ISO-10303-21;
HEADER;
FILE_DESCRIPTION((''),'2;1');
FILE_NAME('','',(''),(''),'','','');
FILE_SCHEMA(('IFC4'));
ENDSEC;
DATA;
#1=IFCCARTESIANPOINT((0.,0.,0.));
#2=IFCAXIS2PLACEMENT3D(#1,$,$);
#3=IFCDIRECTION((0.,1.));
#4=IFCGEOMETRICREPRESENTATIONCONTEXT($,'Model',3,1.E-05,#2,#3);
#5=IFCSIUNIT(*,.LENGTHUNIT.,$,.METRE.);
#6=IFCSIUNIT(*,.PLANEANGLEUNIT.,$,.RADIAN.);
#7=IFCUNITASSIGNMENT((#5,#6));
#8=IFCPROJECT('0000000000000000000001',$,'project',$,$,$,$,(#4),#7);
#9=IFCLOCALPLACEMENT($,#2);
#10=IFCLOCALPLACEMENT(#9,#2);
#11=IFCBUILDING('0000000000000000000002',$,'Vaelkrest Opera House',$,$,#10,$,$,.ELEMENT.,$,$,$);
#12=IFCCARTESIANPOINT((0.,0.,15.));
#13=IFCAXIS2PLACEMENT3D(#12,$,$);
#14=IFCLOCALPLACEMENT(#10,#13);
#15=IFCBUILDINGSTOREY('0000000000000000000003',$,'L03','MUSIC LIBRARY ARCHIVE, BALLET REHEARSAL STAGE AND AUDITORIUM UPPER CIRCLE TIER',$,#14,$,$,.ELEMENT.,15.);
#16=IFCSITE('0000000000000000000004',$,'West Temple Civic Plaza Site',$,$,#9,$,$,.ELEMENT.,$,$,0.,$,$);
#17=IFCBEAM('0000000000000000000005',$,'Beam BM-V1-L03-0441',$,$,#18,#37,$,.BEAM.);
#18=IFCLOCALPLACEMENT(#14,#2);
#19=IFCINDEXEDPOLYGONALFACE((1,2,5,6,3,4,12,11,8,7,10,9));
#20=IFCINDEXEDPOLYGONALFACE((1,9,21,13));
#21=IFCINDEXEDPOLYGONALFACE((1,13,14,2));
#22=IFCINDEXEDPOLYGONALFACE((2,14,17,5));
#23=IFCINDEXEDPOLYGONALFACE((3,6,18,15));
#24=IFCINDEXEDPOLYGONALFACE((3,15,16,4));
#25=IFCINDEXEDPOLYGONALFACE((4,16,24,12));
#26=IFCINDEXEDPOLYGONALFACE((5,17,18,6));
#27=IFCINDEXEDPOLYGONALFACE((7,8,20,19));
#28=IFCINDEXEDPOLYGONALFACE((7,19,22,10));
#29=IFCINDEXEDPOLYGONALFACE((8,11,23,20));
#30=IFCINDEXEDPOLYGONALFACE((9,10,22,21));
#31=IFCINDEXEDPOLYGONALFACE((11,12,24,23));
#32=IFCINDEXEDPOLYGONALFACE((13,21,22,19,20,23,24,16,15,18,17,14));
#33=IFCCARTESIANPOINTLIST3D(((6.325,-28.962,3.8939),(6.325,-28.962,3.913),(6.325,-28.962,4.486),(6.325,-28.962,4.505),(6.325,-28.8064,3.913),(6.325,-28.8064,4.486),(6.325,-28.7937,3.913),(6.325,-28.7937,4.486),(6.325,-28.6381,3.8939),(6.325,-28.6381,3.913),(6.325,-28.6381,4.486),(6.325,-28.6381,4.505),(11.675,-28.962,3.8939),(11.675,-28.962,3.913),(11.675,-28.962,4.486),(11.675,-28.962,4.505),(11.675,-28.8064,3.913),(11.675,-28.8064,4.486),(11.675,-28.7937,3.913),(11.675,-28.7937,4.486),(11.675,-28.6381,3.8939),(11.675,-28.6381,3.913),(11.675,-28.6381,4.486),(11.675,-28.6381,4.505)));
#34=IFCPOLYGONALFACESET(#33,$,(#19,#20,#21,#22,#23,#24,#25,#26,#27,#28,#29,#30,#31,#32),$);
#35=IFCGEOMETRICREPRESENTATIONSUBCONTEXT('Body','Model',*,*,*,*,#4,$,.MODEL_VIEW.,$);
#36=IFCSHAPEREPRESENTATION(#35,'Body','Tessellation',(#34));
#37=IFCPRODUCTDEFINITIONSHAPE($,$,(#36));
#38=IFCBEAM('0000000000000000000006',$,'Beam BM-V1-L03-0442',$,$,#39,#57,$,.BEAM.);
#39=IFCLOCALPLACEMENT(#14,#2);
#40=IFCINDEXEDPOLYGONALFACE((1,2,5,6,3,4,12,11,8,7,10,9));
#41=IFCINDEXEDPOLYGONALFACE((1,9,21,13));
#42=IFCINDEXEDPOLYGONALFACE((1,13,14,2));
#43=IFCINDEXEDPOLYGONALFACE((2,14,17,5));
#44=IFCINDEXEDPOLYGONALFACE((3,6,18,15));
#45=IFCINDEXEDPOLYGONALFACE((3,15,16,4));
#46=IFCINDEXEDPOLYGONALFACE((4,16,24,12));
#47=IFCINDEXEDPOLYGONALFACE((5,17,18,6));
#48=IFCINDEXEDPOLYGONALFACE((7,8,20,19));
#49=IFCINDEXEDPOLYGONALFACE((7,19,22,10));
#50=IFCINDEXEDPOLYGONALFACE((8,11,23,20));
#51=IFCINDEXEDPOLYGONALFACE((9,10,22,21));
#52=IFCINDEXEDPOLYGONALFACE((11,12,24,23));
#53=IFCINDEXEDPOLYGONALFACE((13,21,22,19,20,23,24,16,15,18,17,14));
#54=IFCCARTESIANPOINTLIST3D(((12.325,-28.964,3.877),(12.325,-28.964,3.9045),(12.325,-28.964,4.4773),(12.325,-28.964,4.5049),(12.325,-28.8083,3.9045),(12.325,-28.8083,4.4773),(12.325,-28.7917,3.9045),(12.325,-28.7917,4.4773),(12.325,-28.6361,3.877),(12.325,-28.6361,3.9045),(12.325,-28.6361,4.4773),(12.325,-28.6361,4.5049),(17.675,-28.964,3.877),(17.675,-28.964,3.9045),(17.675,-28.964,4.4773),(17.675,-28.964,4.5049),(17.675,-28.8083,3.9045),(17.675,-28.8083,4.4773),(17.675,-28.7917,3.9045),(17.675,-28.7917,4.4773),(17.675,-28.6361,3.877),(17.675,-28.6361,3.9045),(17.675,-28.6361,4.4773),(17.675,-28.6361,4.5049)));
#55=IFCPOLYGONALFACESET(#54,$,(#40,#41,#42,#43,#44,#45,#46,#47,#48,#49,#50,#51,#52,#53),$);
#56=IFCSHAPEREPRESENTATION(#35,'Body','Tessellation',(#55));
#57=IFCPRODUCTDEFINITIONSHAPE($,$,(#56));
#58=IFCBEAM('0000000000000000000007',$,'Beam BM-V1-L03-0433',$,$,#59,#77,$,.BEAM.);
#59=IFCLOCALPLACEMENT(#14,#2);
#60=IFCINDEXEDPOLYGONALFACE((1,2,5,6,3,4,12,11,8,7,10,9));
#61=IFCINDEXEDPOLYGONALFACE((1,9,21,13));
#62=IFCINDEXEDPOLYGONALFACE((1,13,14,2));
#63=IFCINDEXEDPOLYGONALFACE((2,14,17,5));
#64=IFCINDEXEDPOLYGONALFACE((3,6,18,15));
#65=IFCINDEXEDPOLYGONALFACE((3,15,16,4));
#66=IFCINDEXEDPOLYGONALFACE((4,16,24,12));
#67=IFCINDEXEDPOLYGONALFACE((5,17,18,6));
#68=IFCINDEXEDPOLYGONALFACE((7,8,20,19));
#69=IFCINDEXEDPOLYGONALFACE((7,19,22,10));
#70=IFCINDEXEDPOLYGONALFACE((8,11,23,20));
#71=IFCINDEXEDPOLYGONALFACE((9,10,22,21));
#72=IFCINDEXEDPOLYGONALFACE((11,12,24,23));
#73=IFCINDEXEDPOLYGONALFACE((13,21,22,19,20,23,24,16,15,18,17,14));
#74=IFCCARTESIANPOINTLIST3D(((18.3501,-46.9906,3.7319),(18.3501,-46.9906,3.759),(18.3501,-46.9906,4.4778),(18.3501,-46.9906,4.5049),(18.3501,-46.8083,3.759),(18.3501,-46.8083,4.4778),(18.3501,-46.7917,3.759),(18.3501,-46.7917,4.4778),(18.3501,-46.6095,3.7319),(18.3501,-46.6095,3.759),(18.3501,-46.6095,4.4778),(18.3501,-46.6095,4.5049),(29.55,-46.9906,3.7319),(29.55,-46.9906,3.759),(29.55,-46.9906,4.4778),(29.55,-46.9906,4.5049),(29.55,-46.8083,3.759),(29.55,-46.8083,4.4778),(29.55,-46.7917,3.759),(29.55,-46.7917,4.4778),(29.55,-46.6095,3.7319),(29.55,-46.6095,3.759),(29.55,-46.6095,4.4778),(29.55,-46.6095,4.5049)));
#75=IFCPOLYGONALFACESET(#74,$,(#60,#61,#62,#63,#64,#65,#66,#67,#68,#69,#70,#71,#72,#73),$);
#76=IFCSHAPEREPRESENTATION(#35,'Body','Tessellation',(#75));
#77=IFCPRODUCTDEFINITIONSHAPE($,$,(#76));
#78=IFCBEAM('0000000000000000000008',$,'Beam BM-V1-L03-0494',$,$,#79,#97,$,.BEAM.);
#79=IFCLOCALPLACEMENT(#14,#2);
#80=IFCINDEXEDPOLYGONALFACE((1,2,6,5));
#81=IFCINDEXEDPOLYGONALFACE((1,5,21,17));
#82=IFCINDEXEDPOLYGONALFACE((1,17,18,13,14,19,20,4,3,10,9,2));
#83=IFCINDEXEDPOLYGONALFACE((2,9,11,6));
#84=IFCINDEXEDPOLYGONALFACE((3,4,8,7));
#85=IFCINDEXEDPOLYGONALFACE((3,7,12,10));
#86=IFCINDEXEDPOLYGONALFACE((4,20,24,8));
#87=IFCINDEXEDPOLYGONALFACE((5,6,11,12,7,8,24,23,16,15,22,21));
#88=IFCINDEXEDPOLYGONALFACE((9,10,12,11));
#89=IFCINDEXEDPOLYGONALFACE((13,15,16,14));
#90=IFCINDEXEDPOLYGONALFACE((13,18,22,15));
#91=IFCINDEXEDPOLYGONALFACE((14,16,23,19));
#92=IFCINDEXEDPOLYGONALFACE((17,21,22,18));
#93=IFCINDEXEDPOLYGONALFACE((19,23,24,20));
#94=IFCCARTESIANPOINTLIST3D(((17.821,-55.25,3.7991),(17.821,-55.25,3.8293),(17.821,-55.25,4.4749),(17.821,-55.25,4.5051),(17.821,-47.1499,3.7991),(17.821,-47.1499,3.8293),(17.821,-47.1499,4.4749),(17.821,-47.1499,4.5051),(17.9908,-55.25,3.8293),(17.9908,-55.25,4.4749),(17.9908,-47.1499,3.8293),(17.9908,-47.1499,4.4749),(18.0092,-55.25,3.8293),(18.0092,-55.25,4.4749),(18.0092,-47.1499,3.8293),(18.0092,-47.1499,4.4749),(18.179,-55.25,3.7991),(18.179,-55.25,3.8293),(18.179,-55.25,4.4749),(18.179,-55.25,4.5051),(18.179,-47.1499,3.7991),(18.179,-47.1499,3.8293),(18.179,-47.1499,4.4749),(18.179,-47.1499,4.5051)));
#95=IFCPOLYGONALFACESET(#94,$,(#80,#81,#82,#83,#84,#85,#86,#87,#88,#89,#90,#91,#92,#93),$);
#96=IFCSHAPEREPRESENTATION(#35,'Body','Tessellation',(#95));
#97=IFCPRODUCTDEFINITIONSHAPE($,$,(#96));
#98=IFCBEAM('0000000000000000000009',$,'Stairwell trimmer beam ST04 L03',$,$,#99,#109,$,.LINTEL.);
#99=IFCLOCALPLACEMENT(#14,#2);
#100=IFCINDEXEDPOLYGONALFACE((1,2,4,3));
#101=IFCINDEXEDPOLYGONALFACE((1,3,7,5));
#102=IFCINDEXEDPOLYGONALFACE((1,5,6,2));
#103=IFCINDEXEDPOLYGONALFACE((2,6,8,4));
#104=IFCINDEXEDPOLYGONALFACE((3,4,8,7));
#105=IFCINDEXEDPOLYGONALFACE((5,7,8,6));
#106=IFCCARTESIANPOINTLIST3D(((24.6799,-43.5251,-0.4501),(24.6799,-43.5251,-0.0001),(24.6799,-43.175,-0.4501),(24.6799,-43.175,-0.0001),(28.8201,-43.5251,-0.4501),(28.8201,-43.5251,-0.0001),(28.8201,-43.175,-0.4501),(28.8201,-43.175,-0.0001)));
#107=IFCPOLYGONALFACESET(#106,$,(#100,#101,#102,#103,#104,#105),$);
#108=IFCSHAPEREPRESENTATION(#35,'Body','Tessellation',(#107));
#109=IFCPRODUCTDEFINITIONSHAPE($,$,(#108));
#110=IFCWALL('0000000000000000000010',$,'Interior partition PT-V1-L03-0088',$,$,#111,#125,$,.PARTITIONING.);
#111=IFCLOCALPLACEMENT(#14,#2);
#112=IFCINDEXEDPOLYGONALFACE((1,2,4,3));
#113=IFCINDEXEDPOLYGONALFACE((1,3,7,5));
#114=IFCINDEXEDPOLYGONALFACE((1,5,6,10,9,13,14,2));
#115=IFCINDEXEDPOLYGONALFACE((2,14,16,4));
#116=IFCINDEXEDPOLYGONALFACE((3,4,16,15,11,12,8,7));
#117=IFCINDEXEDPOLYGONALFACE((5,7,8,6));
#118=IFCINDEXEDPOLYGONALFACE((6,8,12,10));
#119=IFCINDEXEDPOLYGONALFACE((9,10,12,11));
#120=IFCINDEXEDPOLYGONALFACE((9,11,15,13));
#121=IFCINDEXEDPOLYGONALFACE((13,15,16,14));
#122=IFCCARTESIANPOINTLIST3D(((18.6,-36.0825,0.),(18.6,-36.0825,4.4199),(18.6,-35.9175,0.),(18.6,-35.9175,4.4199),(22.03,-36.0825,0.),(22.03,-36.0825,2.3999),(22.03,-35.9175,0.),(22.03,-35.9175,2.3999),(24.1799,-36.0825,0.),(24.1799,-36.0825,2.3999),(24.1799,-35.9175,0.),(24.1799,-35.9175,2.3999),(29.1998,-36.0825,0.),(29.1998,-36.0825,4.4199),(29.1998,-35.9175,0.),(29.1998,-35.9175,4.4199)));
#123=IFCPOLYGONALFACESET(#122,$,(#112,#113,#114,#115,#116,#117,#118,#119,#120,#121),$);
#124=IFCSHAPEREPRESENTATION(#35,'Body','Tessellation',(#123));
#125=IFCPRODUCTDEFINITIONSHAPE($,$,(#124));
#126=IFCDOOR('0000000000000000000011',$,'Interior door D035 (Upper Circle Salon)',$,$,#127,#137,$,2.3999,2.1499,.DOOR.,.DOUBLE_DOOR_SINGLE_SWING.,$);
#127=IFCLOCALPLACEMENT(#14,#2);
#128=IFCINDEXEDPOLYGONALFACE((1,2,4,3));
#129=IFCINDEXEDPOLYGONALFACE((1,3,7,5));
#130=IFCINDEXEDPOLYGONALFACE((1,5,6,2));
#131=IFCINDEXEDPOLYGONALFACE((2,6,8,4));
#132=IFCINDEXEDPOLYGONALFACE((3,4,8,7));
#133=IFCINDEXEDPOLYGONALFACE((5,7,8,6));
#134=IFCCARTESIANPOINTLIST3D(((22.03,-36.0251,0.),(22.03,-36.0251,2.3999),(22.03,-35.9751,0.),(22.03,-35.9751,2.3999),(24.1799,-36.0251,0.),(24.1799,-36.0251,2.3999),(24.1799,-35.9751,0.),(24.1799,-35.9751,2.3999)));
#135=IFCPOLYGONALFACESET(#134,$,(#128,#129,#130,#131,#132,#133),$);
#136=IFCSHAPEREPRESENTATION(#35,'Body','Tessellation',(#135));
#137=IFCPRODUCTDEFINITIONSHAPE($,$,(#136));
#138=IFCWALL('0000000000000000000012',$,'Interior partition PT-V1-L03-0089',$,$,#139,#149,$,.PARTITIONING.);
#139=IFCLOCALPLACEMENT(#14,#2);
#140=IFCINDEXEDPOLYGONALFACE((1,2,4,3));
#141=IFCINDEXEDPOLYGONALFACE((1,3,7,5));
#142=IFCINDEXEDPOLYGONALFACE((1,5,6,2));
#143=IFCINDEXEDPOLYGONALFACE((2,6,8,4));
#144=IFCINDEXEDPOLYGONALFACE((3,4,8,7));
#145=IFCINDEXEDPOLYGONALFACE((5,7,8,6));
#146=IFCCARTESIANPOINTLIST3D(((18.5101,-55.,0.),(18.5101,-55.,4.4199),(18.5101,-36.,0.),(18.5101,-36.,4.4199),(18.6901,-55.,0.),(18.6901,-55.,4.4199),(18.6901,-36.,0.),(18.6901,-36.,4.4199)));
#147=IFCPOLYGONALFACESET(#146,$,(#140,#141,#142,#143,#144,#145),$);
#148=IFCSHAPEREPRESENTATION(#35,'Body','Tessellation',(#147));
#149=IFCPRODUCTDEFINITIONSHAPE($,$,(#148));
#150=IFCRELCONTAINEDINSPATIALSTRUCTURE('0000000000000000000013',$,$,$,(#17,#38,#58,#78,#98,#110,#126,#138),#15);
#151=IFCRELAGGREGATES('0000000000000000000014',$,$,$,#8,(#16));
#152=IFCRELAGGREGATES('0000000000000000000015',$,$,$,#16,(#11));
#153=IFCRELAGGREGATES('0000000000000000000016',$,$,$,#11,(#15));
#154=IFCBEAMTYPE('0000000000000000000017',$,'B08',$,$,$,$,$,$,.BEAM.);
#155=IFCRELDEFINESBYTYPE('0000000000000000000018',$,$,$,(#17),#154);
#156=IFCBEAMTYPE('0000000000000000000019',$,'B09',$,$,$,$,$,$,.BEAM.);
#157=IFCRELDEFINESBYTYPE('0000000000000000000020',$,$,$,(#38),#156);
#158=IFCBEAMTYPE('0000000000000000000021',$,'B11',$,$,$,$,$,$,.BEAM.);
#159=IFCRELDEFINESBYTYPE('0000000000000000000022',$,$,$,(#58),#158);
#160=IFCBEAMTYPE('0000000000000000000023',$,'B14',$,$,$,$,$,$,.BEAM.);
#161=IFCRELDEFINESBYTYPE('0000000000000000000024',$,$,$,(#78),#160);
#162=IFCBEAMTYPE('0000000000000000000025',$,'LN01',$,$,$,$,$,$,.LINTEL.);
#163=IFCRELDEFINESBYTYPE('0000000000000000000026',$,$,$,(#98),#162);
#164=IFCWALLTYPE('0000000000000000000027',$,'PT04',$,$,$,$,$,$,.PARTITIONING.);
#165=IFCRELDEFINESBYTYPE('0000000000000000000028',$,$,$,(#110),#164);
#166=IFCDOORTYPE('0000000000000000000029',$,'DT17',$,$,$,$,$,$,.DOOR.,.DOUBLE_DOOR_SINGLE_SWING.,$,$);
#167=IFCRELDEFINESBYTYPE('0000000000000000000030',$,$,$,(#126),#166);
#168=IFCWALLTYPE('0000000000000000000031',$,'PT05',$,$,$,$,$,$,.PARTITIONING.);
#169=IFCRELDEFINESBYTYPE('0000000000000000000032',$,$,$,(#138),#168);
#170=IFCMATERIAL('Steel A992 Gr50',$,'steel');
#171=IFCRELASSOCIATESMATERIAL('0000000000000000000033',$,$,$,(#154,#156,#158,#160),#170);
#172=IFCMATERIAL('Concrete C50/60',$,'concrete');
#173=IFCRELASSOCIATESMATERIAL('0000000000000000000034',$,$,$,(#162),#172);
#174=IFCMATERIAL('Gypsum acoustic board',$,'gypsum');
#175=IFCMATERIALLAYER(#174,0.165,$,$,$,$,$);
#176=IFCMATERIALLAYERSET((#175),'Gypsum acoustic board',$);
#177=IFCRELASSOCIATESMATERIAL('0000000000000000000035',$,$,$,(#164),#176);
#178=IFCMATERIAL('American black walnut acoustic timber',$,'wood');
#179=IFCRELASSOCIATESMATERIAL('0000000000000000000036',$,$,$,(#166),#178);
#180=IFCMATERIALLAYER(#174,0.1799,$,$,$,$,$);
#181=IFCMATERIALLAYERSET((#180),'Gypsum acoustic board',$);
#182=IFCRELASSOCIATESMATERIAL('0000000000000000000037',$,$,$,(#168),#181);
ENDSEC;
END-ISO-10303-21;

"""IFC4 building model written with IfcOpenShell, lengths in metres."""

from ifc_helpers import new_model, si_unit, direction, frame, frame_2d, origin, origin_2d, place, context, subcontext, project, spatial, rectangle, i_section, extrude, material, layer, layer_set, material_profile, profile_set, type_object, element, fill, save


model = new_model("IFC4")

# Units and contexts
model_context = context("Model", 3, precision=1e-05, world=origin(), true_north=direction((0.0, 1.0)))
body_context = subcontext(model_context, "Body", "Model", "MODEL_VIEW")
ifc_project = project(units=[si_unit("LENGTHUNIT", "METRE"), si_unit("PLANEANGLEUNIT", "RADIAN")], contexts=[model_context])

# Site, building, storey
site_placement = place(None, origin())
site = spatial("IfcSite", under=ifc_project, at=site_placement, Name="West Temple Civic Plaza Site", CompositionType="ELEMENT", RefElevation=0.0)
building_placement = place(site_placement, origin())
building = spatial("IfcBuilding", under=site, at=building_placement, Name="Vaelkrest Opera House", CompositionType="ELEMENT")
storey_placement = place(building_placement, frame((0.0, 0.0, 15.0)))
storey = spatial("IfcBuildingStorey", under=building, at=storey_placement, Name="L03", Description="MUSIC LIBRARY ARCHIVE, BALLET REHEARSAL STAGE AND AUDITORIUM UPPER CIRCLE TIER", CompositionType="ELEMENT", Elevation=15.0)

# Shared definitions
ifc_material_1 = material(Name="Concrete C50/60", Category="concrete")

# Beams
ifc_material_2 = material(Name="Steel A992 Gr50", Category="steel")
ifc_material_profile_1 = material_profile(ifc_material_2, i_section(OverallWidth=0.324, OverallDepth=0.6111, WebThickness=0.0127, FlangeThickness=0.019, at=origin_2d()), Name="W24X104")
ifc_profile_set_1 = profile_set([ifc_material_profile_1], Name="Steel A992 Gr50")
beam_type_1 = type_object("IfcBeamType", Name="B08", PredefinedType="BEAM", material=ifc_profile_set_1)
beam_1_placement = place(storey_placement, frame((6.325, -28.8, 4.1995), z_axis=(1.0, 0.0, 0.0), x_axis=(0.0, 1.0, 0.0)))
element("IfcBeam", 1, at=beam_1_placement, inside=storey, type_object=beam_type_1, Name="Beam BM-V1-L03-0441", PredefinedType="BEAM", context=body_context, shape_type="SweptSolid", body=[
    extrude(i_section(OverallWidth=0.324, OverallDepth=0.6111, WebThickness=0.0127, FlangeThickness=0.019, at=origin_2d()), origin(), (0.0, 0.0, 1.0), 5.3501),
])
ifc_material_profile_2 = material_profile(ifc_material_2, i_section(OverallWidth=0.3279, OverallDepth=0.6279, WebThickness=0.0166, FlangeThickness=0.0276, at=origin_2d()), Name="W24X146")
ifc_profile_set_2 = profile_set([ifc_material_profile_2], Name="Steel A992 Gr50")
beam_type_2 = type_object("IfcBeamType", Name="B09", PredefinedType="BEAM", material=ifc_profile_set_2)
beam_2_placement = place(storey_placement, frame((12.325, -28.8, 4.1909), z_axis=(1.0, 0.0, 0.0), x_axis=(0.0, 1.0, 0.0)))
element("IfcBeam", 2, at=beam_2_placement, inside=storey, type_object=beam_type_2, Name="Beam BM-V1-L03-0442", PredefinedType="BEAM", context=body_context, shape_type="SweptSolid", body=[
    extrude(i_section(OverallWidth=0.3279, OverallDepth=0.6279, WebThickness=0.0166, FlangeThickness=0.0276, at=origin_2d()), origin(), (0.0, 0.0, 1.0), 5.3501),
])
ifc_material_profile_3 = material_profile(ifc_material_2, i_section(OverallWidth=0.3811, OverallDepth=0.7729, WebThickness=0.0166, FlangeThickness=0.0271, at=origin_2d()), Name="W30X173")
ifc_profile_set_3 = profile_set([ifc_material_profile_3], Name="Steel A992 Gr50")
beam_type_3 = type_object("IfcBeamType", Name="B11", PredefinedType="BEAM", material=ifc_profile_set_3)
beam_3_placement = place(storey_placement, frame((18.3501, -46.8, 4.1184), z_axis=(1.0, 0.0, 0.0), x_axis=(0.0, 1.0, 0.0)))
element("IfcBeam", 3, at=beam_3_placement, inside=storey, type_object=beam_type_3, Name="Beam BM-V1-L03-0433", PredefinedType="BEAM", context=body_context, shape_type="SweptSolid", body=[
    extrude(i_section(OverallWidth=0.3811, OverallDepth=0.7729, WebThickness=0.0166, FlangeThickness=0.0271, at=origin_2d()), origin(), (0.0, 0.0, 1.0), 11.2),
])
ifc_material_profile_4 = material_profile(ifc_material_2, i_section(OverallWidth=0.3579, OverallDepth=0.7061, WebThickness=0.0183, FlangeThickness=0.0303, at=origin_2d()), Name="W27X178")
ifc_profile_set_4 = profile_set([ifc_material_profile_4], Name="Steel A992 Gr50")
beam_type_4 = type_object("IfcBeamType", Name="B14", PredefinedType="BEAM", material=ifc_profile_set_4)
beam_4_placement = place(storey_placement, frame((18.0, -55.25, 4.1521), z_axis=(0.0, 1.0, 0.0), x_axis=(-1.0, 0.0, 0.0)))
element("IfcBeam", 4, at=beam_4_placement, inside=storey, type_object=beam_type_4, Name="Beam BM-V1-L03-0494", PredefinedType="BEAM", context=body_context, shape_type="SweptSolid", body=[
    extrude(i_section(OverallWidth=0.3579, OverallDepth=0.7061, WebThickness=0.0183, FlangeThickness=0.0303, at=origin_2d()), origin(), (0.0, 0.0, 1.0), 8.1001),
])
ifc_material_profile_5 = material_profile(ifc_material_1, rectangle(XDim=0.3501, YDim=0.45, at=origin_2d()), Name="RCB350X450")
ifc_profile_set_5 = profile_set([ifc_material_profile_5], Name="Concrete C50/60")
beam_type_5 = type_object("IfcBeamType", Name="LN01", PredefinedType="LINTEL", material=ifc_profile_set_5)
beam_5_placement = place(storey_placement, frame((24.6799, -43.3501, -0.2251), z_axis=(1.0, 0.0, 0.0), x_axis=(0.0, 1.0, 0.0)))
element("IfcBeam", 5, at=beam_5_placement, inside=storey, type_object=beam_type_5, Name="Stairwell trimmer beam ST04 L03", PredefinedType="LINTEL", context=body_context, shape_type="SweptSolid", body=[
    extrude(rectangle(XDim=0.3501, YDim=0.45, at=origin_2d()), origin(), (0.0, 0.0, 1.0), 4.1401),
])

# Wall, opening, door
ifc_material_3 = material(Name="Gypsum acoustic board", Category="gypsum")
ifc_layer_1 = layer(ifc_material_3, 0.165)
ifc_layer_set_1 = layer_set([ifc_layer_1], Name="Gypsum acoustic board")
wall_type_1 = type_object("IfcWallType", Name="PT04", PredefinedType="PARTITIONING", material=ifc_layer_set_1)
wall_1_placement = place(storey_placement, frame((18.6001, -36.0, 0.0), z_axis=(0.0, 0.0, 1.0), x_axis=(1.0, 0.0, 0.0)))
wall_1 = element("IfcWall", 6, at=wall_1_placement, inside=storey, type_object=wall_type_1, Name="Interior partition PT-V1-L03-0088", PredefinedType="PARTITIONING", context=body_context, shape_type="SweptSolid", body=[
    extrude(rectangle(XDim=10.5999, YDim=0.165, at=frame_2d((5.2998, 0.0))), origin(), (0.0, 0.0, 1.0), 4.4199),
])
opening_1_placement = place(wall_1_placement, frame((3.4299, 0.0, 0.0)))
opening_1 = element("IfcOpeningElement", 7, at=opening_1_placement, cuts=wall_1, PredefinedType="OPENING", context=body_context, shape_type="SweptSolid", body=[
    extrude(rectangle(XDim=2.1499, YDim=2.3999, at=frame_2d((1.075, 1.2))), frame((0.0, 0.0925, 0.0), z_axis=(0.0, -1.0, 0.0), x_axis=(1.0, 0.0, 0.0)), (0.0, 0.0, 1.0), 0.1851),
])
ifc_material_4 = material(Name="American black walnut acoustic timber", Category="wood")
door_type_1 = type_object("IfcDoorType", Name="DT17", OperationType="DOUBLE_DOOR_SINGLE_SWING", PredefinedType="DOOR", material=ifc_material_4)
door_1_placement = place(opening_1_placement, origin())
door_1 = element("IfcDoor", 8, at=door_1_placement, inside=storey, type_object=door_type_1, Name="Interior door D035 (Upper Circle Salon)", OperationType="DOUBLE_DOOR_SINGLE_SWING", OverallHeight=2.3999, OverallWidth=2.1499, PredefinedType="DOOR", context=body_context, shape_type="SweptSolid", body=[
    extrude(rectangle(XDim=2.1499, YDim=2.3999, at=frame_2d((1.075, 1.2))), frame((0.0, 0.0249, 0.0), z_axis=(0.0, -1.0, 0.0), x_axis=(1.0, 0.0, 0.0)), (0.0, 0.0, 1.0), 0.05),
])
fill(opening_1, door_1)

# Wall
ifc_layer_2 = layer(ifc_material_3, 0.1799)
ifc_layer_set_2 = layer_set([ifc_layer_2], Name="Gypsum acoustic board")
wall_type_2 = type_object("IfcWallType", Name="PT05", PredefinedType="PARTITIONING", material=ifc_layer_set_2)
wall_2_placement = place(storey_placement, frame((18.6001, -55.0, 0.0), z_axis=(0.0, 0.0, 1.0), x_axis=(0.0, 1.0, 0.0)))
element("IfcWall", 9, at=wall_2_placement, inside=storey, type_object=wall_type_2, Name="Interior partition PT-V1-L03-0089", PredefinedType="PARTITIONING", context=body_context, shape_type="SweptSolid", body=[
    extrude(rectangle(XDim=19.0, YDim=0.1799, at=frame_2d((9.5, 0.0))), origin(), (0.0, 0.0, 1.0), 4.4199),
])

save(model, "model.ifc")
